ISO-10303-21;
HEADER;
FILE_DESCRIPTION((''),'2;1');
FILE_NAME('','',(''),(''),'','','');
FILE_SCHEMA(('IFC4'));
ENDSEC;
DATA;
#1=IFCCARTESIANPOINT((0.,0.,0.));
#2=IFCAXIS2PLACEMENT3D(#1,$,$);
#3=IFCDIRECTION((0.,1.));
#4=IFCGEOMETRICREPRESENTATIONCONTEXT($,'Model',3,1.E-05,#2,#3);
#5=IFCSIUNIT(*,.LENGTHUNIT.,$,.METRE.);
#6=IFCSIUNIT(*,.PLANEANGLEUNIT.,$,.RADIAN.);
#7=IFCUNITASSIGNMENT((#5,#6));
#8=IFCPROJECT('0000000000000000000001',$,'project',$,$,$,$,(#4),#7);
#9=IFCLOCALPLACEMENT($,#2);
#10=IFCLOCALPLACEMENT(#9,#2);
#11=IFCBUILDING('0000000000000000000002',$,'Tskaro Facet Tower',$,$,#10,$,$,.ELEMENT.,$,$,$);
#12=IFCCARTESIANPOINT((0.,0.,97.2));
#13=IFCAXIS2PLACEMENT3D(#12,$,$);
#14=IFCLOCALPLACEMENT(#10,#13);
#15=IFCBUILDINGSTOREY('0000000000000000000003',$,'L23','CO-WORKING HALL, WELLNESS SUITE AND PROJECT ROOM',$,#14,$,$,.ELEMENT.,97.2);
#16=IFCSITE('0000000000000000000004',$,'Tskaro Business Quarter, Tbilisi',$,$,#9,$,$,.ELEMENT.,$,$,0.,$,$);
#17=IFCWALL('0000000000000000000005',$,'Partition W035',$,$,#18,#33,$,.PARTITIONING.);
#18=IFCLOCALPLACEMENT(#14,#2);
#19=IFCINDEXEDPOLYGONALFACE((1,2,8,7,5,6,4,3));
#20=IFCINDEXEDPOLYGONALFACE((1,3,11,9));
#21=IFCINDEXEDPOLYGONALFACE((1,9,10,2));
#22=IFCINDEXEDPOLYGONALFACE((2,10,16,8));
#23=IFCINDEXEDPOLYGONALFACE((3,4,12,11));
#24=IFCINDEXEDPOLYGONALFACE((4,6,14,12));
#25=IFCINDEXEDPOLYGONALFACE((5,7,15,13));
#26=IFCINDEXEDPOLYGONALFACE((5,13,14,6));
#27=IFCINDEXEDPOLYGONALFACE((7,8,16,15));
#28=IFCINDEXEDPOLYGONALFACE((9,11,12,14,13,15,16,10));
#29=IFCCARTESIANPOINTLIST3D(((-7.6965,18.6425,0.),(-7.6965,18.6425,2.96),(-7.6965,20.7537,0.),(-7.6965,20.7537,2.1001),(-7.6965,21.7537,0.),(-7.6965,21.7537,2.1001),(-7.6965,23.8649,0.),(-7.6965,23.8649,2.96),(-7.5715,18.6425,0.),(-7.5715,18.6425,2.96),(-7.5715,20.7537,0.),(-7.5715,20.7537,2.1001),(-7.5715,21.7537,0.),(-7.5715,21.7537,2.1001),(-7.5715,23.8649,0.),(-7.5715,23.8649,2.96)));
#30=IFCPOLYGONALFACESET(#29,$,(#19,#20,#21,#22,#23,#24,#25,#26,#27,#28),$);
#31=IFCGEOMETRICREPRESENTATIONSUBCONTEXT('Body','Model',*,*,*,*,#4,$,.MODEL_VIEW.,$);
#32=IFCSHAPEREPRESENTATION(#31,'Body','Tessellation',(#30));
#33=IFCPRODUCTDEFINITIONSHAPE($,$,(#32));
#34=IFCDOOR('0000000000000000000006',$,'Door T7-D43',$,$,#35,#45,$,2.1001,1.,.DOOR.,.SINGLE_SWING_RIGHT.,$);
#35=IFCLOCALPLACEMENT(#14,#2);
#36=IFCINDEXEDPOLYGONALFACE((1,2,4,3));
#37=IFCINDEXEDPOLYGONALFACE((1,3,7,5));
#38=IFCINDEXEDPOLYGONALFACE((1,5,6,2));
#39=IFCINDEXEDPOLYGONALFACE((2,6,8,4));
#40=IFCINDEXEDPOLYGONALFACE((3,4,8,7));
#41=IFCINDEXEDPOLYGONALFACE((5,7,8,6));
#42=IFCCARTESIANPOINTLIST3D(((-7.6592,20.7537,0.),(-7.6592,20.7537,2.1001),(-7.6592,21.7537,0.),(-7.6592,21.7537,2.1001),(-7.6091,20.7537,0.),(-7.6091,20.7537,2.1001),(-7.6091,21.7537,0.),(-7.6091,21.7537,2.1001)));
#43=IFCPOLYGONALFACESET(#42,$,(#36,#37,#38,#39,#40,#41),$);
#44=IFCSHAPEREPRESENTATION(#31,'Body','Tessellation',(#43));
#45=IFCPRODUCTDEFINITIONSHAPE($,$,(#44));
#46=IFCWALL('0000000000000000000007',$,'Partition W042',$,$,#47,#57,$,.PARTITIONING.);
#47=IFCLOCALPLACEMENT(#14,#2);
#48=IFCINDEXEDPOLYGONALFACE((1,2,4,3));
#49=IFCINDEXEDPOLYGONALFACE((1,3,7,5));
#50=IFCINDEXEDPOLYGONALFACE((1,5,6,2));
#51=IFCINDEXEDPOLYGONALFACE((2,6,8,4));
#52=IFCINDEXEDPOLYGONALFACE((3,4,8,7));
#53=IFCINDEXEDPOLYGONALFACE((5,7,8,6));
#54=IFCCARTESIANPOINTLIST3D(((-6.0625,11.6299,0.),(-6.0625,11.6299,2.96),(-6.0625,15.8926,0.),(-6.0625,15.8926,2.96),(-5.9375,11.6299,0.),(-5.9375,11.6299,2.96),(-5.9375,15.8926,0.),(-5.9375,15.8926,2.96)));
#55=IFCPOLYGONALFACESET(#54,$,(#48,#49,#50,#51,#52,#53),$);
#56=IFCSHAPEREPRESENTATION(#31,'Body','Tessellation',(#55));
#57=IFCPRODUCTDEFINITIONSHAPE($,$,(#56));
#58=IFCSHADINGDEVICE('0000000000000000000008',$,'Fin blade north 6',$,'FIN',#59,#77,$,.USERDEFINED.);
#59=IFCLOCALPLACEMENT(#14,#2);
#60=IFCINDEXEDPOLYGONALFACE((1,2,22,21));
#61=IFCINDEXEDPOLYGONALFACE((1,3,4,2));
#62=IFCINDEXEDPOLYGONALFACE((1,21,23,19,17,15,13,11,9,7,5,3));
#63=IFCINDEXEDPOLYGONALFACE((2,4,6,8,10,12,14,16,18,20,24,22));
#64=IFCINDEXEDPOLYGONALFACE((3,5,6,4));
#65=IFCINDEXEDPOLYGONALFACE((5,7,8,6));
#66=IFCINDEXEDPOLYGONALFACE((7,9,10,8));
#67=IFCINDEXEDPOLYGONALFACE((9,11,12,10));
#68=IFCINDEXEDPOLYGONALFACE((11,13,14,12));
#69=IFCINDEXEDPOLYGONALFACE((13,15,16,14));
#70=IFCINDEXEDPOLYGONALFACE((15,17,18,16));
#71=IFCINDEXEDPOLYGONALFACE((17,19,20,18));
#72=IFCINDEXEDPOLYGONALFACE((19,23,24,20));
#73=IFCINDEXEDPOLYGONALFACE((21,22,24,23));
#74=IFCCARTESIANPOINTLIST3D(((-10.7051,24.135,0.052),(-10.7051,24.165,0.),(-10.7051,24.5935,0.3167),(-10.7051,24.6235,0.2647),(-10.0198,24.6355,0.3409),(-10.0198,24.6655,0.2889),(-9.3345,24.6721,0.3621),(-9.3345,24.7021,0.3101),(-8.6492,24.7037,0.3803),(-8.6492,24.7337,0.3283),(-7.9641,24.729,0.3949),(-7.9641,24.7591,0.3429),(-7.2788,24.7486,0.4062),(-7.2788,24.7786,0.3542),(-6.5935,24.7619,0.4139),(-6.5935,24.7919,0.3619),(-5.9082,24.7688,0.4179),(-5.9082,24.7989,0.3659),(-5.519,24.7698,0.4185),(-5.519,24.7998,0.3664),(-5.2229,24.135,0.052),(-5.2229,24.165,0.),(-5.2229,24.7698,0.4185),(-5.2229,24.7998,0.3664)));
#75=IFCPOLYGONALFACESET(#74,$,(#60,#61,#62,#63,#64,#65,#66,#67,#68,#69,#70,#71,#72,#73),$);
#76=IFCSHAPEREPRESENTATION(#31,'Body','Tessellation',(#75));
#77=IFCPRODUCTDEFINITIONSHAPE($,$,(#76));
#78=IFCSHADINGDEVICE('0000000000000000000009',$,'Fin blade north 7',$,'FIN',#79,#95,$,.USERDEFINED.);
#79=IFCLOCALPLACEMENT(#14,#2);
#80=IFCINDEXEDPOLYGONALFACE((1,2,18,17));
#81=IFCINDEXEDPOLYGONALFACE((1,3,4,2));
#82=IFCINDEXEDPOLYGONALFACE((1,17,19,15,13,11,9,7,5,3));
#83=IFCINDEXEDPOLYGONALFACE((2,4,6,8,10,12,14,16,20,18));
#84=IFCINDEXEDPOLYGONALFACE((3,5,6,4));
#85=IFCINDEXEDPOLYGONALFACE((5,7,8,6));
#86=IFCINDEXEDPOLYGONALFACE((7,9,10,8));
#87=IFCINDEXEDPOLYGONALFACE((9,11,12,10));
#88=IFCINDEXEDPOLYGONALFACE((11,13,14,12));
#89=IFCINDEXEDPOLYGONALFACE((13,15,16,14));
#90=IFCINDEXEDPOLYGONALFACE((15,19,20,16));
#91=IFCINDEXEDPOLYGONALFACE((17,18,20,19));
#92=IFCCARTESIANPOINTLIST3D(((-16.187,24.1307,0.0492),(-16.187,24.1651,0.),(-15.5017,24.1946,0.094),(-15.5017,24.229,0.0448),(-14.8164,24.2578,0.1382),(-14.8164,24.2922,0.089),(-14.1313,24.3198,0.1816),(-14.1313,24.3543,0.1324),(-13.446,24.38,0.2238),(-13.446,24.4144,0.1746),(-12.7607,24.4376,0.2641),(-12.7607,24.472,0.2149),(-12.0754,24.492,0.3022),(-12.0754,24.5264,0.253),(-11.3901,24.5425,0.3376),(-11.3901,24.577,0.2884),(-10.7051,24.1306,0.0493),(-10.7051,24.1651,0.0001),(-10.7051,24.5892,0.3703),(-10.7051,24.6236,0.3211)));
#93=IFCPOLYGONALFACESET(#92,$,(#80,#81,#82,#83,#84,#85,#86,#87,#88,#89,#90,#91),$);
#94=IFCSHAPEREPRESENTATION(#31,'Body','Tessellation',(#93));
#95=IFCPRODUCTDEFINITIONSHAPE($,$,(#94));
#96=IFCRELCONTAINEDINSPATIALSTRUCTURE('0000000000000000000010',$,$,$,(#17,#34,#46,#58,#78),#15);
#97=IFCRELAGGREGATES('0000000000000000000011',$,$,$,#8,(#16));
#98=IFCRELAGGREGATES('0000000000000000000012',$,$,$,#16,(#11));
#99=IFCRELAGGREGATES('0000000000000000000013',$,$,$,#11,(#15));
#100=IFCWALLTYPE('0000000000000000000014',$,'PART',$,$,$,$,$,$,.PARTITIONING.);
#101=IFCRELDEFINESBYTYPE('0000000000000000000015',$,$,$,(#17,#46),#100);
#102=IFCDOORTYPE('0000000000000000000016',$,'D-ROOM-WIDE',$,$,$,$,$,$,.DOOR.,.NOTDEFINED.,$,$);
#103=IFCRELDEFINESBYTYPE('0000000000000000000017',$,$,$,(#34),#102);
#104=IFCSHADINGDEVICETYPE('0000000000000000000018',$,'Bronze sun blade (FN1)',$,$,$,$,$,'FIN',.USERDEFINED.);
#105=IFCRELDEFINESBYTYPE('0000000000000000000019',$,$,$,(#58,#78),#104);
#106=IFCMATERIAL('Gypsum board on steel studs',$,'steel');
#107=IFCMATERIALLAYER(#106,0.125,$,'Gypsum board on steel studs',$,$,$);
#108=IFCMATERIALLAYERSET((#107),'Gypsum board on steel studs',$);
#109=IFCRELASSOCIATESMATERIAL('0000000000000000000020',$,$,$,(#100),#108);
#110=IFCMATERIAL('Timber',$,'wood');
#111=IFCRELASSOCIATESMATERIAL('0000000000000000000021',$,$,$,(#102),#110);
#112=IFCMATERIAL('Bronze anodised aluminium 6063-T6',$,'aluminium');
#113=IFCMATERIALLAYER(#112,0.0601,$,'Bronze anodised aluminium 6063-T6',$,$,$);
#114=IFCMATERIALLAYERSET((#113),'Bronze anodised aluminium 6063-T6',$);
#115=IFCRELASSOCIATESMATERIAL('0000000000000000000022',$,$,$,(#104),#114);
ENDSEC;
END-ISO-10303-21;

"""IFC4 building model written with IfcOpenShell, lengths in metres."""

from ifc_helpers import new_model, si_unit, direction, frame, frame_2d, origin, place, context, subcontext, project, spatial, polyline, rectangle, outline, extrude, material, layer, layer_set, type_object, element, fill, save


model = new_model("IFC4")

# Units and contexts
model_context = context("Model", 3, precision=1e-05, world=origin(), true_north=direction((0.0, 1.0)))
body_context = subcontext(model_context, "Body", "Model", "MODEL_VIEW")
ifc_project = project(units=[si_unit("LENGTHUNIT", "METRE"), si_unit("PLANEANGLEUNIT", "RADIAN")], contexts=[model_context])

# Site, building, storey
site_placement = place(None, origin())
site = spatial("IfcSite", under=ifc_project, at=site_placement, Name="Tskaro Business Quarter, Tbilisi", CompositionType="ELEMENT", RefElevation=0.0)
building_placement = place(site_placement, origin())
building = spatial("IfcBuilding", under=site, at=building_placement, Name="Tskaro Facet Tower", CompositionType="ELEMENT")
storey_placement = place(building_placement, frame((0.0, 0.0, 97.2)))
storey = spatial("IfcBuildingStorey", under=building, at=storey_placement, Name="L23", Description="CO-WORKING HALL, WELLNESS SUITE AND PROJECT ROOM", CompositionType="ELEMENT", Elevation=97.2)

# Shared definitions
ifc_material_1 = material(Name="Bronze anodised aluminium 6063-T6", Category="aluminium")

# Shared definitions
ifc_material_2 = material(Name="Gypsum board on steel studs", Category="steel")
ifc_layer_1 = layer(ifc_material_2, 0.125, Name="Gypsum board on steel studs")
ifc_layer_set_1 = layer_set([ifc_layer_1], Name="Gypsum board on steel studs")
wall_type = type_object("IfcWallType", Name="PART", PredefinedType="PARTITIONING", material=ifc_layer_set_1)
ifc_material_3 = material(Name="Timber", Category="wood")
door_type = type_object("IfcDoorType", Name="D-ROOM-WIDE", OperationType="NOTDEFINED", PredefinedType="DOOR", material=ifc_material_3)

# Wall, opening, door
wall_1_placement = place(storey_placement, frame((-7.634, 23.865, 0.0), z_axis=(0.0, 0.0, 1.0), x_axis=(0.0, -1.0, 0.0)))
wall_1 = element("IfcWall", 1, at=wall_1_placement, inside=storey, type_object=wall_type, Name="Partition W035", PredefinedType="PARTITIONING", context=body_context, shape_type="SweptSolid", body=[
    extrude(rectangle(XDim=5.2224, YDim=0.125, at=frame_2d((2.6113, 0.0))), origin(), (0.0, 0.0, 1.0), 2.96),
])
opening_1_placement = place(wall_1_placement, frame((2.1113, 0.0, 0.0)))
opening_1 = element("IfcOpeningElement", 2, at=opening_1_placement, cuts=wall_1, PredefinedType="OPENING", context=body_context, shape_type="SweptSolid", body=[
    extrude(rectangle(XDim=1.0, YDim=2.1001, at=frame_2d((0.5, 1.05))), frame((0.0, 0.0725, 0.0), z_axis=(0.0, -1.0, 0.0), x_axis=(1.0, 0.0, 0.0)), (0.0, 0.0, 1.0), 0.145),
])
door_1_placement = place(opening_1_placement, origin())
door_1 = element("IfcDoor", 3, at=door_1_placement, inside=storey, type_object=door_type, Name="Door T7-D43", OperationType="SINGLE_SWING_RIGHT", OverallHeight=2.1001, OverallWidth=1.0, PredefinedType="DOOR", context=body_context, shape_type="SweptSolid", body=[
    extrude(rectangle(XDim=1.0, YDim=2.1001, at=frame_2d((0.5, 1.05))), frame((0.0, 0.0249, 0.0), z_axis=(0.0, -1.0, 0.0), x_axis=(1.0, 0.0, 0.0)), (0.0, 0.0, 1.0), 0.05),
])
fill(opening_1, door_1)

# Wall
wall_2_placement = place(storey_placement, frame((-6.0, 11.6299, 0.0), z_axis=(0.0, 0.0, 1.0), x_axis=(0.0, 1.0, 0.0)))
element("IfcWall", 4, at=wall_2_placement, inside=storey, type_object=wall_type, Name="Partition W042", PredefinedType="PARTITIONING", context=body_context, shape_type="SweptSolid", body=[
    extrude(rectangle(XDim=4.2627, YDim=0.125, at=frame_2d((2.1313, 0.0))), origin(), (0.0, 0.0, 1.0), 2.96),
])

# Shading devices
ifc_layer_2 = layer(ifc_material_1, 0.0601, Name="Bronze anodised aluminium 6063-T6")
ifc_layer_set_2 = layer_set([ifc_layer_2], Name="Bronze anodised aluminium 6063-T6")
shading_device_type = type_object("IfcShadingDeviceType", Name="Bronze sun blade (FN1)", ElementType="FIN", PredefinedType="USERDEFINED", material=ifc_layer_set_2)
shading_device_1_placement = place(storey_placement, frame((-5.2229, 24.135, 0.052), z_axis=(-0.000003, -0.499978, 0.866038), x_axis=(-1.0, 0.000002, -0.000003)))
element("IfcShadingDevice", 5, at=shading_device_1_placement, inside=storey, type_object=shading_device_type, Name="Fin blade north 6", ObjectType="FIN", PredefinedType="USERDEFINED", context=body_context, shape_type="SweptSolid", body=[
    extrude(outline(polyline([(0.0, 0.0), (5.4822, 0.0), (5.4822, -0.5294), (4.7969, -0.5778), (4.1116, -0.6202), (3.4263, -0.6566), (2.7412, -0.6859), (2.0559, -0.7085), (1.3706, -0.7239), (0.6853, -0.7319), (0.2961, -0.733), (0.0, -0.733), (0.0, 0.0)])), origin(), (0.0, 0.0, -1.0), 0.0601),
])
shading_device_2_placement = place(storey_placement, frame((-10.7051, 24.1306, 0.0493), z_axis=(-0.000023, -0.5734, 0.819276), x_axis=(-1.0, 0.000013, -0.000019)))
element("IfcShadingDevice", 6, at=shading_device_2_placement, inside=storey, type_object=shading_device_type, Name="Fin blade north 7", ObjectType="FIN", PredefinedType="USERDEFINED", context=body_context, shape_type="SweptSolid", body=[
    extrude(outline(polyline([(0.0, 0.0), (5.4819, 0.0), (4.7966, -0.078), (4.1113, -0.1552), (3.4263, -0.2309), (2.741, -0.3043), (2.0557, -0.3746), (1.3704, -0.4411), (0.6851, -0.5028), (0.0, -0.5597), (0.0, 0.0)])), origin(), (0.0, 0.0, -1.0), 0.0601),
])

save(model, "model.ifc")
